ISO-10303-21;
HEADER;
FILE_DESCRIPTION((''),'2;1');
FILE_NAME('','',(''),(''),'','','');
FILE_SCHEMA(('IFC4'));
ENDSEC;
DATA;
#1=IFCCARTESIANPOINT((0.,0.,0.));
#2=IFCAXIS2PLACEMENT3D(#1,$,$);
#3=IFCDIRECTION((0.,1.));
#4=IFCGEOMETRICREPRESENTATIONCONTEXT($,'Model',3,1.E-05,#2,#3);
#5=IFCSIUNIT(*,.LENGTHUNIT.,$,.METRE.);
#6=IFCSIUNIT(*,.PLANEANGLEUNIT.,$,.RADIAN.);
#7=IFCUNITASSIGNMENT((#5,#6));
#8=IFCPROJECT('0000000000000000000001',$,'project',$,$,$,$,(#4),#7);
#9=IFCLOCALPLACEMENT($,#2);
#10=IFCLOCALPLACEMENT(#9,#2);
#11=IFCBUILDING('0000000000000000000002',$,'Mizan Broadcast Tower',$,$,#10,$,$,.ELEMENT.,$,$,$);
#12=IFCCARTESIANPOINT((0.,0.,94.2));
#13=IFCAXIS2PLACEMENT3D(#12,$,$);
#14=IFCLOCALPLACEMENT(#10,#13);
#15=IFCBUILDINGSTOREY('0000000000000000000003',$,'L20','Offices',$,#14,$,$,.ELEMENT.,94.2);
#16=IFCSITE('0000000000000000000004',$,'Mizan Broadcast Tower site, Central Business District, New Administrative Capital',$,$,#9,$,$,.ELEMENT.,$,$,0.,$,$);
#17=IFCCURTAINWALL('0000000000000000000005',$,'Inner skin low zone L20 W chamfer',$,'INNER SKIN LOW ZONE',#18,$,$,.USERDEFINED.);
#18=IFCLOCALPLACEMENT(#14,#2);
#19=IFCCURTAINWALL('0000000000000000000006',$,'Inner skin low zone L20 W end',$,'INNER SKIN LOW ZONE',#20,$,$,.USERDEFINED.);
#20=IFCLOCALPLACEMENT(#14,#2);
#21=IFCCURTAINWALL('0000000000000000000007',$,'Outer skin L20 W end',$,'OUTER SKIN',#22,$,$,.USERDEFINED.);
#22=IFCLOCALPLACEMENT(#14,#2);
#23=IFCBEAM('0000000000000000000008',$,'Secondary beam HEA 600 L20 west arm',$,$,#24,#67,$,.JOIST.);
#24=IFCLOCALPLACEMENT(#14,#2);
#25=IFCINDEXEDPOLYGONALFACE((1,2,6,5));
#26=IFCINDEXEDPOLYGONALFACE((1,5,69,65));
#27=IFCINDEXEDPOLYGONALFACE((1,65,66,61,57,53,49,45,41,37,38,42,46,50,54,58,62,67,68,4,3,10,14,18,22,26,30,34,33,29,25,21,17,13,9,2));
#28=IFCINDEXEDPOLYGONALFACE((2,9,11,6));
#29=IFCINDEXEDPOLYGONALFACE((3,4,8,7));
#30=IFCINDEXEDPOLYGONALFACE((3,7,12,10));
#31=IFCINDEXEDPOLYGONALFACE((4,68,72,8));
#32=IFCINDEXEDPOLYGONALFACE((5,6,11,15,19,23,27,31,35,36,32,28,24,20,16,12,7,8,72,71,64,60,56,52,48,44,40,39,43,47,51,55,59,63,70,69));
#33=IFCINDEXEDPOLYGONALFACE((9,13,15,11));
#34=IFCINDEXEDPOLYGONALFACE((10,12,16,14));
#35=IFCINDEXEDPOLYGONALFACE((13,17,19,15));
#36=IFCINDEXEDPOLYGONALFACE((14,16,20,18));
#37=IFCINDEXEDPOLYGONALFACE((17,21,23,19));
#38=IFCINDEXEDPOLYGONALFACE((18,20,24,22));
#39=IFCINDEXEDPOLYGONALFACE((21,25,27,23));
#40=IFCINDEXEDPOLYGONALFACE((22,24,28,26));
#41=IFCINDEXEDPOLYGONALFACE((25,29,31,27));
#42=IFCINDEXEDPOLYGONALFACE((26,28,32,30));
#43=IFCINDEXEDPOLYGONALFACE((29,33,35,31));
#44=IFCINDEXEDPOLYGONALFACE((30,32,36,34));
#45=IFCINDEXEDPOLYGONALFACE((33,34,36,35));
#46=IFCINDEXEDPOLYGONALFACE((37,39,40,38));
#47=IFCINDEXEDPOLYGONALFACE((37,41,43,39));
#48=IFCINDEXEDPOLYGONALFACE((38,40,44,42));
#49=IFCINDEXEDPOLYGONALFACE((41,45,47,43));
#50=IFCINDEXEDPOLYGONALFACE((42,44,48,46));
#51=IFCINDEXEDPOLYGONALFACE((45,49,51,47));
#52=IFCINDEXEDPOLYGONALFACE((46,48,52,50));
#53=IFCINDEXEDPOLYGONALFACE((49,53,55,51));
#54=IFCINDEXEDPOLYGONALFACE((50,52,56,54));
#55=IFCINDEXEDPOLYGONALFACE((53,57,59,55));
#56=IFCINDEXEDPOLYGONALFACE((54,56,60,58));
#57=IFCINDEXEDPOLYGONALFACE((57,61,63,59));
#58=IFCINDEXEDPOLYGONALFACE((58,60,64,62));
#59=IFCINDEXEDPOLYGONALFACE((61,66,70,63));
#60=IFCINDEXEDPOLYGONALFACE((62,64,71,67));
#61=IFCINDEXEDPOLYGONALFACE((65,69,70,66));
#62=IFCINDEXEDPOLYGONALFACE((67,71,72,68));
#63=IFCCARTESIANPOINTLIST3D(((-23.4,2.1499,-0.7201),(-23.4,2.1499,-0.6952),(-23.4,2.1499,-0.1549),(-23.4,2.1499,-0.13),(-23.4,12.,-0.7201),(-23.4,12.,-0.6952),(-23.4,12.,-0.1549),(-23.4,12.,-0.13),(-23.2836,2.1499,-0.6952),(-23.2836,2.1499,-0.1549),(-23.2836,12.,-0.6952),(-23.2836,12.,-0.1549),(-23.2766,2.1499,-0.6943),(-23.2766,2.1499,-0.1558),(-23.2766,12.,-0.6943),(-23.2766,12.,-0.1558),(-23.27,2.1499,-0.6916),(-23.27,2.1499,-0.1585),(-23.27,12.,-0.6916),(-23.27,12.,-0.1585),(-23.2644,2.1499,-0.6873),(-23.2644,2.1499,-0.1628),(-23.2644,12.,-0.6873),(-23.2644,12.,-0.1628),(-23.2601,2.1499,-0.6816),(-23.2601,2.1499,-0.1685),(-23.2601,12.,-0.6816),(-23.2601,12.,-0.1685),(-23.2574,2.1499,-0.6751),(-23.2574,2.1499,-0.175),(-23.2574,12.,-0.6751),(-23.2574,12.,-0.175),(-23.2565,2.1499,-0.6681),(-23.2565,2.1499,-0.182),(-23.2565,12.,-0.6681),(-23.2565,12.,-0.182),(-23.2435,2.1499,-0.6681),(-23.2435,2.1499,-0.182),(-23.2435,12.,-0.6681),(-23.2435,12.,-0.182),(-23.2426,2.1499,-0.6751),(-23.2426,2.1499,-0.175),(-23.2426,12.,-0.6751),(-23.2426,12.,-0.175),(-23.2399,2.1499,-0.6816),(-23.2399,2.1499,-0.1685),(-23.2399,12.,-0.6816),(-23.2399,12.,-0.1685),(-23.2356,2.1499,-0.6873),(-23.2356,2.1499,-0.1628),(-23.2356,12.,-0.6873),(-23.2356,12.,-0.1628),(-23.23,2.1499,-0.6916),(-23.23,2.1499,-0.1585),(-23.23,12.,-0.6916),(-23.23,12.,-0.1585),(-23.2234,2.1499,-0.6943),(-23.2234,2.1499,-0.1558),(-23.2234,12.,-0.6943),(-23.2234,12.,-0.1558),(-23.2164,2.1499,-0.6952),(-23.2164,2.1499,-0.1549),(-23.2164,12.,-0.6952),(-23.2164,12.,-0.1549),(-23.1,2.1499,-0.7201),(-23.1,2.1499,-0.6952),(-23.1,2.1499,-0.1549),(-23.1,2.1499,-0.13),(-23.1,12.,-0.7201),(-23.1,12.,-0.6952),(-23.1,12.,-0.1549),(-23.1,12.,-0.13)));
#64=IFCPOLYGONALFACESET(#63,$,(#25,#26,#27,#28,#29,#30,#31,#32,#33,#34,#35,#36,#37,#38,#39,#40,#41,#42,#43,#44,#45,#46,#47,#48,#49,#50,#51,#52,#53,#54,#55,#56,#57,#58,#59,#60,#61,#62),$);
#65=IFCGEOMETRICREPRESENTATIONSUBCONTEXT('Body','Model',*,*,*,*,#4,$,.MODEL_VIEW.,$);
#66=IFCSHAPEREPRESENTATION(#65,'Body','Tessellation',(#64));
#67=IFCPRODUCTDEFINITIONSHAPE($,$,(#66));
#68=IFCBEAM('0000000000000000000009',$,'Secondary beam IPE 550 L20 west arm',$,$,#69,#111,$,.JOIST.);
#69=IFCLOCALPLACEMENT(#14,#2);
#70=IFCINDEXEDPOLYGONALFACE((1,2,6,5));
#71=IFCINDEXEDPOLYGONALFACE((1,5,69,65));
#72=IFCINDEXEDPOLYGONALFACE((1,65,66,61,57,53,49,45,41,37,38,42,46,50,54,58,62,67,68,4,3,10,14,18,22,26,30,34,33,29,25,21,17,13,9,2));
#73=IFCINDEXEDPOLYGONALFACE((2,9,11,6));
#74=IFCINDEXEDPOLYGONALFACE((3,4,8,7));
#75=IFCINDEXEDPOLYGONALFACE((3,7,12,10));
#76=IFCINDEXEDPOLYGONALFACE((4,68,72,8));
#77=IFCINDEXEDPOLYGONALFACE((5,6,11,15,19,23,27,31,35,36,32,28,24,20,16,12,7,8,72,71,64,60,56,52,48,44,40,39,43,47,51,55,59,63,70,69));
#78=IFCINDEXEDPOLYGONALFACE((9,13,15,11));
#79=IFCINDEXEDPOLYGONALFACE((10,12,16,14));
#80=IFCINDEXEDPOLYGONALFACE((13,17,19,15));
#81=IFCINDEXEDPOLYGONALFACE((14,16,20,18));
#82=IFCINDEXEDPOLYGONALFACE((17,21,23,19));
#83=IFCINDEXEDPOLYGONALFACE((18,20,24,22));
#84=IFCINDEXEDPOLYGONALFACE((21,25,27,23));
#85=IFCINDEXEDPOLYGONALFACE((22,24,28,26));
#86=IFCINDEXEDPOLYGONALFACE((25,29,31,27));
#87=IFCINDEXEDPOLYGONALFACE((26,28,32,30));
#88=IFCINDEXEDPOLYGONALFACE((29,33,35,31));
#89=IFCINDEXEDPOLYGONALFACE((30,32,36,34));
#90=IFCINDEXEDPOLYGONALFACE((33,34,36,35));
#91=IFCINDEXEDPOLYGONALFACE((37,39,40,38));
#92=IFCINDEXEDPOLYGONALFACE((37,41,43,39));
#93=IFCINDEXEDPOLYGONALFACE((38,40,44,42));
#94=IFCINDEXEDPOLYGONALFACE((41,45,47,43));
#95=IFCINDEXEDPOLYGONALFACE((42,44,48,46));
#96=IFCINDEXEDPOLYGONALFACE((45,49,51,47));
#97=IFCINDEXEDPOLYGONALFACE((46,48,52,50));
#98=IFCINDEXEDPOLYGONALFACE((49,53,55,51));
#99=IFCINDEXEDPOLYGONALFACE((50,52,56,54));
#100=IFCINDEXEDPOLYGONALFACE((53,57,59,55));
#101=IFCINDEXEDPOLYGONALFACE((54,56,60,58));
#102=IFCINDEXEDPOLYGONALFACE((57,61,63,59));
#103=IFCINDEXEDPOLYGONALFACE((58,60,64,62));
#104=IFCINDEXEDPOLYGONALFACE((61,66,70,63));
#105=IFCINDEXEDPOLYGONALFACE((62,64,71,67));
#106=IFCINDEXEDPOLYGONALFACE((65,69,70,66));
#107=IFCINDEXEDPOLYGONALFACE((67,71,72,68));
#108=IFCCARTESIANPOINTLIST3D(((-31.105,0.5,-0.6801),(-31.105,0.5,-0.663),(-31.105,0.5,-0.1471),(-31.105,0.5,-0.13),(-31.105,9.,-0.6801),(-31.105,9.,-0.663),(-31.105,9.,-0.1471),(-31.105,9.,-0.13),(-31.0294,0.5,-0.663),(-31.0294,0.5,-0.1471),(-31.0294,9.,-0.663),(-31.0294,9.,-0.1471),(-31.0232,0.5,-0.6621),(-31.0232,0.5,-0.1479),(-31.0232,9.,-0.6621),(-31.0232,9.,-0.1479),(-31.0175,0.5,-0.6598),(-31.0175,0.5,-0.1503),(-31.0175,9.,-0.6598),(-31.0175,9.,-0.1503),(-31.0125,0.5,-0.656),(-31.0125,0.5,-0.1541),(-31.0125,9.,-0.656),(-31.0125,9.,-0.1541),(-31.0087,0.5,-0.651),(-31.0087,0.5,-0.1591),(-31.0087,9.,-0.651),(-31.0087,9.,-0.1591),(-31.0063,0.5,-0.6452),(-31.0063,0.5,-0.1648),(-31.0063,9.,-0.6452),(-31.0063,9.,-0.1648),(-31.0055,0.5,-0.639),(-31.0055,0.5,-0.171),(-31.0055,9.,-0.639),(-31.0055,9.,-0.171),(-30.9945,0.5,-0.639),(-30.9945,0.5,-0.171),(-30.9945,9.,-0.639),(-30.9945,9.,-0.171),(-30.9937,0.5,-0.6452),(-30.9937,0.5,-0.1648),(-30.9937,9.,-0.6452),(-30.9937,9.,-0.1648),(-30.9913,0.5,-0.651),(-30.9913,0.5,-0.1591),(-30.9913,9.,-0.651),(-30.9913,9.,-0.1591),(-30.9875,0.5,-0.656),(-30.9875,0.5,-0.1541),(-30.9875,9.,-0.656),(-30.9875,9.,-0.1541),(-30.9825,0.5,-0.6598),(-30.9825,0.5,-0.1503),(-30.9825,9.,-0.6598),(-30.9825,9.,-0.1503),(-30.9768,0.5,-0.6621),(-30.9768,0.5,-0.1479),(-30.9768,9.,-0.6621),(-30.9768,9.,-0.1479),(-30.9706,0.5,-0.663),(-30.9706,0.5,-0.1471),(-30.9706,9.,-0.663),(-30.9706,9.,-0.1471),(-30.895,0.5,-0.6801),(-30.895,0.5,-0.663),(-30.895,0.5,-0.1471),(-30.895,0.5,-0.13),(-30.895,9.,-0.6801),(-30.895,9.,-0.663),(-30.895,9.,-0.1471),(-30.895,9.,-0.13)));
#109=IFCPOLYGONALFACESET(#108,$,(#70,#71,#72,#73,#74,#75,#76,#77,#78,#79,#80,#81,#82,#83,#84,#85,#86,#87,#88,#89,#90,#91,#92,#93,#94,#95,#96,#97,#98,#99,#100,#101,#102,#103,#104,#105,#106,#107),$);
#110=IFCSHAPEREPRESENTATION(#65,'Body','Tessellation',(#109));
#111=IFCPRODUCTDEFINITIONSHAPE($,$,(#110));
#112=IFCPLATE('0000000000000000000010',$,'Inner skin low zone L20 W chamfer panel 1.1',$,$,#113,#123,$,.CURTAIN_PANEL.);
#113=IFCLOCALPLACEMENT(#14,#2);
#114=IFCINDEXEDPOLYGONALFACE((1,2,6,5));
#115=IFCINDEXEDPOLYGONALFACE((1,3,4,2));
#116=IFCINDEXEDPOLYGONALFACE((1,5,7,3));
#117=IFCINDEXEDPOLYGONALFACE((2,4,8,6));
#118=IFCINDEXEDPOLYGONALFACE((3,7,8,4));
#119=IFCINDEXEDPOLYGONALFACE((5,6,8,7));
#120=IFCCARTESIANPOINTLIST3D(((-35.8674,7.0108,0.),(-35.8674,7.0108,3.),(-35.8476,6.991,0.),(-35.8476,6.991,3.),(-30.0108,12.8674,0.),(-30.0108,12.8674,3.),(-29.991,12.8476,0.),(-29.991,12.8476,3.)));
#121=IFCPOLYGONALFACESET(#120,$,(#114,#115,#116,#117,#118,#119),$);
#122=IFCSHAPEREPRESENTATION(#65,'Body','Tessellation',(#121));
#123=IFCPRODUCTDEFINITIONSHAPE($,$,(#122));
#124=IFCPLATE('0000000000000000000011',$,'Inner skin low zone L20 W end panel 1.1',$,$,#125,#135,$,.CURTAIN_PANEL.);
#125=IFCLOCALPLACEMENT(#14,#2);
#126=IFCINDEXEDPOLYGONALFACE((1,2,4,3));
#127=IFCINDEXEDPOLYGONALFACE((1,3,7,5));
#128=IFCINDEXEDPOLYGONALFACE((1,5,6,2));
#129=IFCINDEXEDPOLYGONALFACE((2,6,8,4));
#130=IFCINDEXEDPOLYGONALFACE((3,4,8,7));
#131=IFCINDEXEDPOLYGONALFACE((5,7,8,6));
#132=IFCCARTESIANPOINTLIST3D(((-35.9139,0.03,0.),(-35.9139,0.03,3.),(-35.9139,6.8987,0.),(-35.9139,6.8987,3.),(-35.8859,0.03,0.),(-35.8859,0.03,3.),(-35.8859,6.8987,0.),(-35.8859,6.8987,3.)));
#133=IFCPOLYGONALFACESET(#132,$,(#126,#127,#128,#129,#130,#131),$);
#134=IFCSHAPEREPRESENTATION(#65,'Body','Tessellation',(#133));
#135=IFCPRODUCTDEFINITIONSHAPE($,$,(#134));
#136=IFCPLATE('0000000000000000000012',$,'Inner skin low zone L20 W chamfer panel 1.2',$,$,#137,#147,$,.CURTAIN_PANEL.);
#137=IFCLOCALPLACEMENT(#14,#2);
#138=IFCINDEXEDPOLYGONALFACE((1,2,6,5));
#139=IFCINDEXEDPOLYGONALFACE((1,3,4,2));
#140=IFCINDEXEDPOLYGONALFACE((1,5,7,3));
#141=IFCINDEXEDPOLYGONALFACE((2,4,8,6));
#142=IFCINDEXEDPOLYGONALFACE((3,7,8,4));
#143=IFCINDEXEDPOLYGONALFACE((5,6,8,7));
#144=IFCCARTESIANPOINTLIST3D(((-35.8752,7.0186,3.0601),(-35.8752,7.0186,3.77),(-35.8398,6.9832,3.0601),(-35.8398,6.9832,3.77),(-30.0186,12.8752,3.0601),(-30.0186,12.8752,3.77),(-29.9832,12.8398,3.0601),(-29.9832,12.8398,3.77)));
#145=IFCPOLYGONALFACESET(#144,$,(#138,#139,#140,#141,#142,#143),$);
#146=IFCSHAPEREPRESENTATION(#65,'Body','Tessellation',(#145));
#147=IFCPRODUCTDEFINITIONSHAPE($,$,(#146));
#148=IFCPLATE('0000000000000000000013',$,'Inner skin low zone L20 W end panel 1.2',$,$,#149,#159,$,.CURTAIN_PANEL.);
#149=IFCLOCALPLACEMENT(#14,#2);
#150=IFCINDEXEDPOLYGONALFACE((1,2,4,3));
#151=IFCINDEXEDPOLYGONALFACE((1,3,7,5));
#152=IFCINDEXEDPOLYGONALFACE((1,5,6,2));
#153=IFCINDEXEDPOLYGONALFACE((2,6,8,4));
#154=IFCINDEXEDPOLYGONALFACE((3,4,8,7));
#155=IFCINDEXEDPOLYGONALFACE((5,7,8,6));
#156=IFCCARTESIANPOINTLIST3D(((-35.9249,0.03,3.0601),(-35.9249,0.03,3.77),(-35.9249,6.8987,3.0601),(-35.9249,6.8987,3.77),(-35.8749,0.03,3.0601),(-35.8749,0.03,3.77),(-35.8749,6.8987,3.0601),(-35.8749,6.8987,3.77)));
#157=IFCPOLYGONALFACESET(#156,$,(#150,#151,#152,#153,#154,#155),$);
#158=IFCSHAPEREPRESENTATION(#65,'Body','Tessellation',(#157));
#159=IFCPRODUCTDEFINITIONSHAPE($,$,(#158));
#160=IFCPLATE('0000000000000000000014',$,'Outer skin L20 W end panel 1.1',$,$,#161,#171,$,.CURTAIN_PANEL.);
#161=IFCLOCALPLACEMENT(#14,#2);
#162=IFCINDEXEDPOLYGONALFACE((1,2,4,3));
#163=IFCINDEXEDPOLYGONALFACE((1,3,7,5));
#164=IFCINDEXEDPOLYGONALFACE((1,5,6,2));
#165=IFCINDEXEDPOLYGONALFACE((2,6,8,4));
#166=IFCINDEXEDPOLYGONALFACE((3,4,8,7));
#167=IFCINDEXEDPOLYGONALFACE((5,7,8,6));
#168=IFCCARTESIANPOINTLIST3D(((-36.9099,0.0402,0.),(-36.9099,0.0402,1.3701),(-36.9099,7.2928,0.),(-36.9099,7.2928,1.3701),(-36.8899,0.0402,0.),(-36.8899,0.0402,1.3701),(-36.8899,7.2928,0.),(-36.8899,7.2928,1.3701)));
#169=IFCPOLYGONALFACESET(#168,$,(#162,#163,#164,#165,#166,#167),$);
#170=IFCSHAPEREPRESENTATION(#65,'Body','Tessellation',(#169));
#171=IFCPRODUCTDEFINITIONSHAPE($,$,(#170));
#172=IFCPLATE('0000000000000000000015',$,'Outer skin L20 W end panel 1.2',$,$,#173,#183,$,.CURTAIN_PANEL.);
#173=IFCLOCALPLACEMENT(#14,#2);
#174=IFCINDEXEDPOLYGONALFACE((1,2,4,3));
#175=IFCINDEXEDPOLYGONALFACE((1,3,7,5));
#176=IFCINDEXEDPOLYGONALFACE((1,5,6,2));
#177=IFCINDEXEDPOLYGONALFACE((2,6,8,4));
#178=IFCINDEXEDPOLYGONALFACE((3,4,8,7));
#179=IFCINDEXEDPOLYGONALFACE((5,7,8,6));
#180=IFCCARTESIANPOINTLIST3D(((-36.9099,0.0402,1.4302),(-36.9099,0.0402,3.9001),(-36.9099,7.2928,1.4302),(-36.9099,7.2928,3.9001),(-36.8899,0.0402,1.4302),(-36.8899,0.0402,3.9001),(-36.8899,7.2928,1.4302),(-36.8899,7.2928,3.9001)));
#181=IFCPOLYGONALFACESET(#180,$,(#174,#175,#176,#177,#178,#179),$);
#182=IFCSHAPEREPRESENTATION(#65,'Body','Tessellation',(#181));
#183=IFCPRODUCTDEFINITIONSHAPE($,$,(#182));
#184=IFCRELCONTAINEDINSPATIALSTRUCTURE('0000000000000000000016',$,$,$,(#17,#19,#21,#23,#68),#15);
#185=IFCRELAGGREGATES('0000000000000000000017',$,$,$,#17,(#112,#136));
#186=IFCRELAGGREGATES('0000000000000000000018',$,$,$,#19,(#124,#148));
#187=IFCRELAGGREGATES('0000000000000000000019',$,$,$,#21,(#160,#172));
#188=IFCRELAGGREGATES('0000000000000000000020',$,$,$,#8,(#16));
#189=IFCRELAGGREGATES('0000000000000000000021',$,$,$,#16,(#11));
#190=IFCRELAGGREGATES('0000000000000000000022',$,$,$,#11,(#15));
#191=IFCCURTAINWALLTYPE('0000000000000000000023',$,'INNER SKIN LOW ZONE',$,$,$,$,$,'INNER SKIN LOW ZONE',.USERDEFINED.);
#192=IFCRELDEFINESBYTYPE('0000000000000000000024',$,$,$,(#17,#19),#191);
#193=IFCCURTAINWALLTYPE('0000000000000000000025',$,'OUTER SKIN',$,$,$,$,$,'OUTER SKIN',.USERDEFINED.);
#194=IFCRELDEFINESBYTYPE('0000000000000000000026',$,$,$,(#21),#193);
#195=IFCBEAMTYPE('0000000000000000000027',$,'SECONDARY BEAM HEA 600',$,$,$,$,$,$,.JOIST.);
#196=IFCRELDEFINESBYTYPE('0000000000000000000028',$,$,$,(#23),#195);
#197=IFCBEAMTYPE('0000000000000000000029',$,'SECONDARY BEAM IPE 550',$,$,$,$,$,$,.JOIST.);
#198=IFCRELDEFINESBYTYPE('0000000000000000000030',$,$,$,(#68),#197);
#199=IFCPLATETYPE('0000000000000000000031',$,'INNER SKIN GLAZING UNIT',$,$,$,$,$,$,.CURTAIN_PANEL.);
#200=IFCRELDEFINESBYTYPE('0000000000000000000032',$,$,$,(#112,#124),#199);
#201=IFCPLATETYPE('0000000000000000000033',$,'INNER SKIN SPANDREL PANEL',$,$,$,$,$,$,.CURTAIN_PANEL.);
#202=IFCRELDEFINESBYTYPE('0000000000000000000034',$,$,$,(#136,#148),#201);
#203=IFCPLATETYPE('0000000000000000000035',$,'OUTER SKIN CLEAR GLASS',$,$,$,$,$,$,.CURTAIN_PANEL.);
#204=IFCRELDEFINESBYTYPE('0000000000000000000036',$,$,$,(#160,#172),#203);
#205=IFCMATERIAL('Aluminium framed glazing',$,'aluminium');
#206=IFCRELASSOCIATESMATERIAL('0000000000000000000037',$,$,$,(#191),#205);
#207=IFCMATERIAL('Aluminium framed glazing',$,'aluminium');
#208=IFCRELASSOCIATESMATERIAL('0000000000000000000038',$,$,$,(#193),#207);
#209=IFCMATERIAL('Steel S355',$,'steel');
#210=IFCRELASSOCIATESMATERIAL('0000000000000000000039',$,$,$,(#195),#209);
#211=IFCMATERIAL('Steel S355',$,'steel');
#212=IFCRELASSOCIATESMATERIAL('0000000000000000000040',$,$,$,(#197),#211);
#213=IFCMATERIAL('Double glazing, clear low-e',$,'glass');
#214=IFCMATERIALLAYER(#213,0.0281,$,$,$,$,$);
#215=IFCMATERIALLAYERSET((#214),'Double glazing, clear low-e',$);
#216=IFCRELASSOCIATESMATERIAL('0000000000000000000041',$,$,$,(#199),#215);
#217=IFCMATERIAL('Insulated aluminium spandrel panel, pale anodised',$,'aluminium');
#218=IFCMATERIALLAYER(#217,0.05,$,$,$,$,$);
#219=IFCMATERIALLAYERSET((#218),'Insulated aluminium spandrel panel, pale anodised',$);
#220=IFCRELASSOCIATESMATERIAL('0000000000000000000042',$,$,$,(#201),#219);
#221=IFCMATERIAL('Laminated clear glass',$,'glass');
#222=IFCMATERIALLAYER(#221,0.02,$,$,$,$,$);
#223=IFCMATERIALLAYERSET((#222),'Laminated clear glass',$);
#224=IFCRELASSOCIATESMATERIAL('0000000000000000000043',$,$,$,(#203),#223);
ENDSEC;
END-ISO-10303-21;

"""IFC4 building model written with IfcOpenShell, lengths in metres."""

from ifc_helpers import new_model, si_unit, direction, frame, origin, origin_2d, place, context, subcontext, project, spatial, rectangle, i_section, extrude, material, layer, layer_set, material_profile, profile_set, type_object, element, aggregate, save


model = new_model("IFC4")

# Units and contexts
model_context = context("Model", 3, precision=1e-05, world=origin(), true_north=direction((0.0, 1.0)))
body_context = subcontext(model_context, "Body", "Model", "MODEL_VIEW")
ifc_project = project(units=[si_unit("LENGTHUNIT", "METRE"), si_unit("PLANEANGLEUNIT", "RADIAN")], contexts=[model_context])

# Site, building, storey
site_placement = place(None, origin())
site = spatial("IfcSite", under=ifc_project, at=site_placement, Name="Mizan Broadcast Tower site, Central Business District, New Administrative Capital", CompositionType="ELEMENT", RefElevation=0.0)
building_placement = place(site_placement, origin())
building = spatial("IfcBuilding", under=site, at=building_placement, Name="Mizan Broadcast Tower", CompositionType="ELEMENT")
storey_placement = place(building_placement, frame((0.0, 0.0, 94.2)))
storey = spatial("IfcBuildingStorey", under=building, at=storey_placement, Name="L20", Description="Offices", CompositionType="ELEMENT", Elevation=94.2)

# Curtain wall
ifc_material_1 = material(Name="Aluminium framed glazing", Category="aluminium")
curtain_wall_type_1 = type_object("IfcCurtainWallType", Name="INNER SKIN LOW ZONE", ElementType="INNER SKIN LOW ZONE", PredefinedType="USERDEFINED", material=ifc_material_1)
curtain_wall_1_placement = place(storey_placement, origin())
curtain_wall_1 = element("IfcCurtainWall", 1, at=curtain_wall_1_placement, inside=storey, type_object=curtain_wall_type_1, Name="Inner skin low zone L20 W chamfer", ObjectType="INNER SKIN LOW ZONE", PredefinedType="USERDEFINED")

# Curtain wall
curtain_wall_2_placement = place(storey_placement, origin())
curtain_wall_2 = element("IfcCurtainWall", 2, at=curtain_wall_2_placement, inside=storey, type_object=curtain_wall_type_1, Name="Inner skin low zone L20 W end", ObjectType="INNER SKIN LOW ZONE", PredefinedType="USERDEFINED")
ifc_material_2 = material(Name="Aluminium framed glazing", Category="aluminium")
curtain_wall_type_2 = type_object("IfcCurtainWallType", Name="OUTER SKIN", ElementType="OUTER SKIN", PredefinedType="USERDEFINED", material=ifc_material_2)

# Curtain wall
curtain_wall_3_placement = place(storey_placement, origin())
curtain_wall_3 = element("IfcCurtainWall", 3, at=curtain_wall_3_placement, inside=storey, type_object=curtain_wall_type_2, Name="Outer skin L20 W end", ObjectType="OUTER SKIN", PredefinedType="USERDEFINED")

# Beams
ifc_material_3 = material(Name="Steel S355", Category="steel")
ifc_material_profile_1 = material_profile(ifc_material_3, i_section(OverallWidth=0.3, OverallDepth=0.5901, WebThickness=0.0129, FlangeThickness=0.0249, FilletRadius=0.0271, at=origin_2d()), Name="HEA 600")
ifc_profile_set_1 = profile_set([ifc_material_profile_1], Name="Steel S355")
beam_type_1 = type_object("IfcBeamType", Name="SECONDARY BEAM HEA 600", PredefinedType="JOIST", material=ifc_profile_set_1)
for number, where, z_axis, x_axis, name in (
    (4, (-23.25, 12.0, -0.425), (0.0, -1.0, 0.0), (1.0, 0.0, 0.0), "Secondary beam HEA 600 L20 west arm"),
):
    element("IfcBeam", number, at=place(storey_placement, frame(where, z_axis=z_axis, x_axis=x_axis)), inside=storey, type_object=beam_type_1, Name=name, PredefinedType="JOIST", context=body_context, shape_type="SweptSolid", body=[
        extrude(i_section(OverallWidth=0.3, OverallDepth=0.5901, WebThickness=0.0129, FlangeThickness=0.0249, FilletRadius=0.0271, at=origin_2d()), origin(), (0.0, 0.0, 1.0), 9.8501),
    ])
ifc_material_4 = material(Name="Steel S355", Category="steel")
ifc_material_profile_2 = material_profile(ifc_material_4, i_section(OverallWidth=0.21, OverallDepth=0.55, WebThickness=0.011, FlangeThickness=0.0171, FilletRadius=0.0239, at=origin_2d()), Name="IPE 550")
ifc_profile_set_2 = profile_set([ifc_material_profile_2], Name="Steel S355")
beam_type_2 = type_object("IfcBeamType", Name="SECONDARY BEAM IPE 550", PredefinedType="JOIST", material=ifc_profile_set_2)
beam_1_placement = place(storey_placement, frame((-31.0, 9.0, -0.405), z_axis=(0.0, -1.0, 0.0), x_axis=(1.0, 0.0, 0.0)))
element("IfcBeam", 5, at=beam_1_placement, inside=storey, type_object=beam_type_2, Name="Secondary beam IPE 550 L20 west arm", PredefinedType="JOIST", context=body_context, shape_type="SweptSolid", body=[
    extrude(i_section(OverallWidth=0.21, OverallDepth=0.55, WebThickness=0.011, FlangeThickness=0.0171, FilletRadius=0.0239, at=origin_2d()), origin(), (0.0, 0.0, 1.0), 8.5),
])

# Plates
ifc_material_5 = material(Name="Double glazing, clear low-e", Category="glass")
ifc_layer_1 = layer(ifc_material_5, 0.0281)
ifc_layer_set_1 = layer_set([ifc_layer_1], Name="Double glazing, clear low-e")
plate_type_1 = type_object("IfcPlateType", Name="INNER SKIN GLAZING UNIT", PredefinedType="CURTAIN_PANEL", material=ifc_layer_set_1)
plate_1_placement = place(storey_placement, frame((-32.9292, 9.9292, 0.0), z_axis=(0.0, 0.0, 1.0), x_axis=(-0.707107, -0.707107, 0.0)))
plate_1 = element("IfcPlate", 6, at=plate_1_placement, type_object=plate_type_1, Name="Inner skin low zone L20 W chamfer panel 1.1", PredefinedType="CURTAIN_PANEL", context=body_context, shape_type="SweptSolid", body=[
    extrude(rectangle(XDim=8.2825, YDim=0.0281, at=origin_2d()), origin(), (0.0, 0.0, 1.0), 3.0),
])
plate_2_placement = place(storey_placement, frame((-35.8999, 3.4644, 0.0), z_axis=(0.0, 0.0, 1.0), x_axis=(0.0, -1.0, 0.0)))
plate_2 = element("IfcPlate", 7, at=plate_2_placement, type_object=plate_type_1, Name="Inner skin low zone L20 W end panel 1.1", PredefinedType="CURTAIN_PANEL", context=body_context, shape_type="SweptSolid", body=[
    extrude(rectangle(XDim=6.8687, YDim=0.0281, at=origin_2d()), origin(), (0.0, 0.0, 1.0), 3.0),
])
ifc_material_6 = material(Name="Insulated aluminium spandrel panel, pale anodised", Category="aluminium")
ifc_layer_2 = layer(ifc_material_6, 0.05)
ifc_layer_set_2 = layer_set([ifc_layer_2], Name="Insulated aluminium spandrel panel, pale anodised")
plate_type_2 = type_object("IfcPlateType", Name="INNER SKIN SPANDREL PANEL", PredefinedType="CURTAIN_PANEL", material=ifc_layer_set_2)
plate_3_placement = place(storey_placement, frame((-32.9292, 9.9292, 3.0601), z_axis=(0.0, 0.0, 1.0), x_axis=(-0.707107, -0.707107, 0.0)))
plate_3 = element("IfcPlate", 8, at=plate_3_placement, type_object=plate_type_2, Name="Inner skin low zone L20 W chamfer panel 1.2", PredefinedType="CURTAIN_PANEL", context=body_context, shape_type="SweptSolid", body=[
    extrude(rectangle(XDim=8.2825, YDim=0.05, at=origin_2d()), origin(), (0.0, 0.0, 1.0), 0.71),
])
aggregate(curtain_wall_1, [plate_1, plate_3])
plate_4_placement = place(storey_placement, frame((-35.8999, 3.4644, 3.0601), z_axis=(0.0, 0.0, 1.0), x_axis=(0.0, -1.0, 0.0)))
plate_4 = element("IfcPlate", 9, at=plate_4_placement, type_object=plate_type_2, Name="Inner skin low zone L20 W end panel 1.2", PredefinedType="CURTAIN_PANEL", context=body_context, shape_type="SweptSolid", body=[
    extrude(rectangle(XDim=6.8687, YDim=0.05, at=origin_2d()), origin(), (0.0, 0.0, 1.0), 0.71),
])
aggregate(curtain_wall_2, [plate_2, plate_4])
ifc_material_7 = material(Name="Laminated clear glass", Category="glass")
ifc_layer_3 = layer(ifc_material_7, 0.02)
ifc_layer_set_3 = layer_set([ifc_layer_3], Name="Laminated clear glass")
plate_type_3 = type_object("IfcPlateType", Name="OUTER SKIN CLEAR GLASS", PredefinedType="CURTAIN_PANEL", material=ifc_layer_set_3)
plate_5_placement = place(storey_placement, frame((-36.8999, 3.6665, 0.0), z_axis=(0.0, 0.0, 1.0), x_axis=(0.0, -1.0, 0.0)))
plate_5 = element("IfcPlate", 10, at=plate_5_placement, type_object=plate_type_3, Name="Outer skin L20 W end panel 1.1", PredefinedType="CURTAIN_PANEL", context=body_context, shape_type="SweptSolid", body=[
    extrude(rectangle(XDim=7.2527, YDim=0.02, at=origin_2d()), origin(), (0.0, 0.0, 1.0), 1.3701),
])
plate_6_placement = place(storey_placement, frame((-36.8999, 3.6665, 1.4302), z_axis=(0.0, 0.0, 1.0), x_axis=(0.0, -1.0, 0.0)))
plate_6 = element("IfcPlate", 11, at=plate_6_placement, type_object=plate_type_3, Name="Outer skin L20 W end panel 1.2", PredefinedType="CURTAIN_PANEL", context=body_context, shape_type="SweptSolid", body=[
    extrude(rectangle(XDim=7.2527, YDim=0.02, at=origin_2d()), origin(), (0.0, 0.0, 1.0), 2.47),
])
aggregate(curtain_wall_3, [plate_5, plate_6])

save(model, "model.ifc")
